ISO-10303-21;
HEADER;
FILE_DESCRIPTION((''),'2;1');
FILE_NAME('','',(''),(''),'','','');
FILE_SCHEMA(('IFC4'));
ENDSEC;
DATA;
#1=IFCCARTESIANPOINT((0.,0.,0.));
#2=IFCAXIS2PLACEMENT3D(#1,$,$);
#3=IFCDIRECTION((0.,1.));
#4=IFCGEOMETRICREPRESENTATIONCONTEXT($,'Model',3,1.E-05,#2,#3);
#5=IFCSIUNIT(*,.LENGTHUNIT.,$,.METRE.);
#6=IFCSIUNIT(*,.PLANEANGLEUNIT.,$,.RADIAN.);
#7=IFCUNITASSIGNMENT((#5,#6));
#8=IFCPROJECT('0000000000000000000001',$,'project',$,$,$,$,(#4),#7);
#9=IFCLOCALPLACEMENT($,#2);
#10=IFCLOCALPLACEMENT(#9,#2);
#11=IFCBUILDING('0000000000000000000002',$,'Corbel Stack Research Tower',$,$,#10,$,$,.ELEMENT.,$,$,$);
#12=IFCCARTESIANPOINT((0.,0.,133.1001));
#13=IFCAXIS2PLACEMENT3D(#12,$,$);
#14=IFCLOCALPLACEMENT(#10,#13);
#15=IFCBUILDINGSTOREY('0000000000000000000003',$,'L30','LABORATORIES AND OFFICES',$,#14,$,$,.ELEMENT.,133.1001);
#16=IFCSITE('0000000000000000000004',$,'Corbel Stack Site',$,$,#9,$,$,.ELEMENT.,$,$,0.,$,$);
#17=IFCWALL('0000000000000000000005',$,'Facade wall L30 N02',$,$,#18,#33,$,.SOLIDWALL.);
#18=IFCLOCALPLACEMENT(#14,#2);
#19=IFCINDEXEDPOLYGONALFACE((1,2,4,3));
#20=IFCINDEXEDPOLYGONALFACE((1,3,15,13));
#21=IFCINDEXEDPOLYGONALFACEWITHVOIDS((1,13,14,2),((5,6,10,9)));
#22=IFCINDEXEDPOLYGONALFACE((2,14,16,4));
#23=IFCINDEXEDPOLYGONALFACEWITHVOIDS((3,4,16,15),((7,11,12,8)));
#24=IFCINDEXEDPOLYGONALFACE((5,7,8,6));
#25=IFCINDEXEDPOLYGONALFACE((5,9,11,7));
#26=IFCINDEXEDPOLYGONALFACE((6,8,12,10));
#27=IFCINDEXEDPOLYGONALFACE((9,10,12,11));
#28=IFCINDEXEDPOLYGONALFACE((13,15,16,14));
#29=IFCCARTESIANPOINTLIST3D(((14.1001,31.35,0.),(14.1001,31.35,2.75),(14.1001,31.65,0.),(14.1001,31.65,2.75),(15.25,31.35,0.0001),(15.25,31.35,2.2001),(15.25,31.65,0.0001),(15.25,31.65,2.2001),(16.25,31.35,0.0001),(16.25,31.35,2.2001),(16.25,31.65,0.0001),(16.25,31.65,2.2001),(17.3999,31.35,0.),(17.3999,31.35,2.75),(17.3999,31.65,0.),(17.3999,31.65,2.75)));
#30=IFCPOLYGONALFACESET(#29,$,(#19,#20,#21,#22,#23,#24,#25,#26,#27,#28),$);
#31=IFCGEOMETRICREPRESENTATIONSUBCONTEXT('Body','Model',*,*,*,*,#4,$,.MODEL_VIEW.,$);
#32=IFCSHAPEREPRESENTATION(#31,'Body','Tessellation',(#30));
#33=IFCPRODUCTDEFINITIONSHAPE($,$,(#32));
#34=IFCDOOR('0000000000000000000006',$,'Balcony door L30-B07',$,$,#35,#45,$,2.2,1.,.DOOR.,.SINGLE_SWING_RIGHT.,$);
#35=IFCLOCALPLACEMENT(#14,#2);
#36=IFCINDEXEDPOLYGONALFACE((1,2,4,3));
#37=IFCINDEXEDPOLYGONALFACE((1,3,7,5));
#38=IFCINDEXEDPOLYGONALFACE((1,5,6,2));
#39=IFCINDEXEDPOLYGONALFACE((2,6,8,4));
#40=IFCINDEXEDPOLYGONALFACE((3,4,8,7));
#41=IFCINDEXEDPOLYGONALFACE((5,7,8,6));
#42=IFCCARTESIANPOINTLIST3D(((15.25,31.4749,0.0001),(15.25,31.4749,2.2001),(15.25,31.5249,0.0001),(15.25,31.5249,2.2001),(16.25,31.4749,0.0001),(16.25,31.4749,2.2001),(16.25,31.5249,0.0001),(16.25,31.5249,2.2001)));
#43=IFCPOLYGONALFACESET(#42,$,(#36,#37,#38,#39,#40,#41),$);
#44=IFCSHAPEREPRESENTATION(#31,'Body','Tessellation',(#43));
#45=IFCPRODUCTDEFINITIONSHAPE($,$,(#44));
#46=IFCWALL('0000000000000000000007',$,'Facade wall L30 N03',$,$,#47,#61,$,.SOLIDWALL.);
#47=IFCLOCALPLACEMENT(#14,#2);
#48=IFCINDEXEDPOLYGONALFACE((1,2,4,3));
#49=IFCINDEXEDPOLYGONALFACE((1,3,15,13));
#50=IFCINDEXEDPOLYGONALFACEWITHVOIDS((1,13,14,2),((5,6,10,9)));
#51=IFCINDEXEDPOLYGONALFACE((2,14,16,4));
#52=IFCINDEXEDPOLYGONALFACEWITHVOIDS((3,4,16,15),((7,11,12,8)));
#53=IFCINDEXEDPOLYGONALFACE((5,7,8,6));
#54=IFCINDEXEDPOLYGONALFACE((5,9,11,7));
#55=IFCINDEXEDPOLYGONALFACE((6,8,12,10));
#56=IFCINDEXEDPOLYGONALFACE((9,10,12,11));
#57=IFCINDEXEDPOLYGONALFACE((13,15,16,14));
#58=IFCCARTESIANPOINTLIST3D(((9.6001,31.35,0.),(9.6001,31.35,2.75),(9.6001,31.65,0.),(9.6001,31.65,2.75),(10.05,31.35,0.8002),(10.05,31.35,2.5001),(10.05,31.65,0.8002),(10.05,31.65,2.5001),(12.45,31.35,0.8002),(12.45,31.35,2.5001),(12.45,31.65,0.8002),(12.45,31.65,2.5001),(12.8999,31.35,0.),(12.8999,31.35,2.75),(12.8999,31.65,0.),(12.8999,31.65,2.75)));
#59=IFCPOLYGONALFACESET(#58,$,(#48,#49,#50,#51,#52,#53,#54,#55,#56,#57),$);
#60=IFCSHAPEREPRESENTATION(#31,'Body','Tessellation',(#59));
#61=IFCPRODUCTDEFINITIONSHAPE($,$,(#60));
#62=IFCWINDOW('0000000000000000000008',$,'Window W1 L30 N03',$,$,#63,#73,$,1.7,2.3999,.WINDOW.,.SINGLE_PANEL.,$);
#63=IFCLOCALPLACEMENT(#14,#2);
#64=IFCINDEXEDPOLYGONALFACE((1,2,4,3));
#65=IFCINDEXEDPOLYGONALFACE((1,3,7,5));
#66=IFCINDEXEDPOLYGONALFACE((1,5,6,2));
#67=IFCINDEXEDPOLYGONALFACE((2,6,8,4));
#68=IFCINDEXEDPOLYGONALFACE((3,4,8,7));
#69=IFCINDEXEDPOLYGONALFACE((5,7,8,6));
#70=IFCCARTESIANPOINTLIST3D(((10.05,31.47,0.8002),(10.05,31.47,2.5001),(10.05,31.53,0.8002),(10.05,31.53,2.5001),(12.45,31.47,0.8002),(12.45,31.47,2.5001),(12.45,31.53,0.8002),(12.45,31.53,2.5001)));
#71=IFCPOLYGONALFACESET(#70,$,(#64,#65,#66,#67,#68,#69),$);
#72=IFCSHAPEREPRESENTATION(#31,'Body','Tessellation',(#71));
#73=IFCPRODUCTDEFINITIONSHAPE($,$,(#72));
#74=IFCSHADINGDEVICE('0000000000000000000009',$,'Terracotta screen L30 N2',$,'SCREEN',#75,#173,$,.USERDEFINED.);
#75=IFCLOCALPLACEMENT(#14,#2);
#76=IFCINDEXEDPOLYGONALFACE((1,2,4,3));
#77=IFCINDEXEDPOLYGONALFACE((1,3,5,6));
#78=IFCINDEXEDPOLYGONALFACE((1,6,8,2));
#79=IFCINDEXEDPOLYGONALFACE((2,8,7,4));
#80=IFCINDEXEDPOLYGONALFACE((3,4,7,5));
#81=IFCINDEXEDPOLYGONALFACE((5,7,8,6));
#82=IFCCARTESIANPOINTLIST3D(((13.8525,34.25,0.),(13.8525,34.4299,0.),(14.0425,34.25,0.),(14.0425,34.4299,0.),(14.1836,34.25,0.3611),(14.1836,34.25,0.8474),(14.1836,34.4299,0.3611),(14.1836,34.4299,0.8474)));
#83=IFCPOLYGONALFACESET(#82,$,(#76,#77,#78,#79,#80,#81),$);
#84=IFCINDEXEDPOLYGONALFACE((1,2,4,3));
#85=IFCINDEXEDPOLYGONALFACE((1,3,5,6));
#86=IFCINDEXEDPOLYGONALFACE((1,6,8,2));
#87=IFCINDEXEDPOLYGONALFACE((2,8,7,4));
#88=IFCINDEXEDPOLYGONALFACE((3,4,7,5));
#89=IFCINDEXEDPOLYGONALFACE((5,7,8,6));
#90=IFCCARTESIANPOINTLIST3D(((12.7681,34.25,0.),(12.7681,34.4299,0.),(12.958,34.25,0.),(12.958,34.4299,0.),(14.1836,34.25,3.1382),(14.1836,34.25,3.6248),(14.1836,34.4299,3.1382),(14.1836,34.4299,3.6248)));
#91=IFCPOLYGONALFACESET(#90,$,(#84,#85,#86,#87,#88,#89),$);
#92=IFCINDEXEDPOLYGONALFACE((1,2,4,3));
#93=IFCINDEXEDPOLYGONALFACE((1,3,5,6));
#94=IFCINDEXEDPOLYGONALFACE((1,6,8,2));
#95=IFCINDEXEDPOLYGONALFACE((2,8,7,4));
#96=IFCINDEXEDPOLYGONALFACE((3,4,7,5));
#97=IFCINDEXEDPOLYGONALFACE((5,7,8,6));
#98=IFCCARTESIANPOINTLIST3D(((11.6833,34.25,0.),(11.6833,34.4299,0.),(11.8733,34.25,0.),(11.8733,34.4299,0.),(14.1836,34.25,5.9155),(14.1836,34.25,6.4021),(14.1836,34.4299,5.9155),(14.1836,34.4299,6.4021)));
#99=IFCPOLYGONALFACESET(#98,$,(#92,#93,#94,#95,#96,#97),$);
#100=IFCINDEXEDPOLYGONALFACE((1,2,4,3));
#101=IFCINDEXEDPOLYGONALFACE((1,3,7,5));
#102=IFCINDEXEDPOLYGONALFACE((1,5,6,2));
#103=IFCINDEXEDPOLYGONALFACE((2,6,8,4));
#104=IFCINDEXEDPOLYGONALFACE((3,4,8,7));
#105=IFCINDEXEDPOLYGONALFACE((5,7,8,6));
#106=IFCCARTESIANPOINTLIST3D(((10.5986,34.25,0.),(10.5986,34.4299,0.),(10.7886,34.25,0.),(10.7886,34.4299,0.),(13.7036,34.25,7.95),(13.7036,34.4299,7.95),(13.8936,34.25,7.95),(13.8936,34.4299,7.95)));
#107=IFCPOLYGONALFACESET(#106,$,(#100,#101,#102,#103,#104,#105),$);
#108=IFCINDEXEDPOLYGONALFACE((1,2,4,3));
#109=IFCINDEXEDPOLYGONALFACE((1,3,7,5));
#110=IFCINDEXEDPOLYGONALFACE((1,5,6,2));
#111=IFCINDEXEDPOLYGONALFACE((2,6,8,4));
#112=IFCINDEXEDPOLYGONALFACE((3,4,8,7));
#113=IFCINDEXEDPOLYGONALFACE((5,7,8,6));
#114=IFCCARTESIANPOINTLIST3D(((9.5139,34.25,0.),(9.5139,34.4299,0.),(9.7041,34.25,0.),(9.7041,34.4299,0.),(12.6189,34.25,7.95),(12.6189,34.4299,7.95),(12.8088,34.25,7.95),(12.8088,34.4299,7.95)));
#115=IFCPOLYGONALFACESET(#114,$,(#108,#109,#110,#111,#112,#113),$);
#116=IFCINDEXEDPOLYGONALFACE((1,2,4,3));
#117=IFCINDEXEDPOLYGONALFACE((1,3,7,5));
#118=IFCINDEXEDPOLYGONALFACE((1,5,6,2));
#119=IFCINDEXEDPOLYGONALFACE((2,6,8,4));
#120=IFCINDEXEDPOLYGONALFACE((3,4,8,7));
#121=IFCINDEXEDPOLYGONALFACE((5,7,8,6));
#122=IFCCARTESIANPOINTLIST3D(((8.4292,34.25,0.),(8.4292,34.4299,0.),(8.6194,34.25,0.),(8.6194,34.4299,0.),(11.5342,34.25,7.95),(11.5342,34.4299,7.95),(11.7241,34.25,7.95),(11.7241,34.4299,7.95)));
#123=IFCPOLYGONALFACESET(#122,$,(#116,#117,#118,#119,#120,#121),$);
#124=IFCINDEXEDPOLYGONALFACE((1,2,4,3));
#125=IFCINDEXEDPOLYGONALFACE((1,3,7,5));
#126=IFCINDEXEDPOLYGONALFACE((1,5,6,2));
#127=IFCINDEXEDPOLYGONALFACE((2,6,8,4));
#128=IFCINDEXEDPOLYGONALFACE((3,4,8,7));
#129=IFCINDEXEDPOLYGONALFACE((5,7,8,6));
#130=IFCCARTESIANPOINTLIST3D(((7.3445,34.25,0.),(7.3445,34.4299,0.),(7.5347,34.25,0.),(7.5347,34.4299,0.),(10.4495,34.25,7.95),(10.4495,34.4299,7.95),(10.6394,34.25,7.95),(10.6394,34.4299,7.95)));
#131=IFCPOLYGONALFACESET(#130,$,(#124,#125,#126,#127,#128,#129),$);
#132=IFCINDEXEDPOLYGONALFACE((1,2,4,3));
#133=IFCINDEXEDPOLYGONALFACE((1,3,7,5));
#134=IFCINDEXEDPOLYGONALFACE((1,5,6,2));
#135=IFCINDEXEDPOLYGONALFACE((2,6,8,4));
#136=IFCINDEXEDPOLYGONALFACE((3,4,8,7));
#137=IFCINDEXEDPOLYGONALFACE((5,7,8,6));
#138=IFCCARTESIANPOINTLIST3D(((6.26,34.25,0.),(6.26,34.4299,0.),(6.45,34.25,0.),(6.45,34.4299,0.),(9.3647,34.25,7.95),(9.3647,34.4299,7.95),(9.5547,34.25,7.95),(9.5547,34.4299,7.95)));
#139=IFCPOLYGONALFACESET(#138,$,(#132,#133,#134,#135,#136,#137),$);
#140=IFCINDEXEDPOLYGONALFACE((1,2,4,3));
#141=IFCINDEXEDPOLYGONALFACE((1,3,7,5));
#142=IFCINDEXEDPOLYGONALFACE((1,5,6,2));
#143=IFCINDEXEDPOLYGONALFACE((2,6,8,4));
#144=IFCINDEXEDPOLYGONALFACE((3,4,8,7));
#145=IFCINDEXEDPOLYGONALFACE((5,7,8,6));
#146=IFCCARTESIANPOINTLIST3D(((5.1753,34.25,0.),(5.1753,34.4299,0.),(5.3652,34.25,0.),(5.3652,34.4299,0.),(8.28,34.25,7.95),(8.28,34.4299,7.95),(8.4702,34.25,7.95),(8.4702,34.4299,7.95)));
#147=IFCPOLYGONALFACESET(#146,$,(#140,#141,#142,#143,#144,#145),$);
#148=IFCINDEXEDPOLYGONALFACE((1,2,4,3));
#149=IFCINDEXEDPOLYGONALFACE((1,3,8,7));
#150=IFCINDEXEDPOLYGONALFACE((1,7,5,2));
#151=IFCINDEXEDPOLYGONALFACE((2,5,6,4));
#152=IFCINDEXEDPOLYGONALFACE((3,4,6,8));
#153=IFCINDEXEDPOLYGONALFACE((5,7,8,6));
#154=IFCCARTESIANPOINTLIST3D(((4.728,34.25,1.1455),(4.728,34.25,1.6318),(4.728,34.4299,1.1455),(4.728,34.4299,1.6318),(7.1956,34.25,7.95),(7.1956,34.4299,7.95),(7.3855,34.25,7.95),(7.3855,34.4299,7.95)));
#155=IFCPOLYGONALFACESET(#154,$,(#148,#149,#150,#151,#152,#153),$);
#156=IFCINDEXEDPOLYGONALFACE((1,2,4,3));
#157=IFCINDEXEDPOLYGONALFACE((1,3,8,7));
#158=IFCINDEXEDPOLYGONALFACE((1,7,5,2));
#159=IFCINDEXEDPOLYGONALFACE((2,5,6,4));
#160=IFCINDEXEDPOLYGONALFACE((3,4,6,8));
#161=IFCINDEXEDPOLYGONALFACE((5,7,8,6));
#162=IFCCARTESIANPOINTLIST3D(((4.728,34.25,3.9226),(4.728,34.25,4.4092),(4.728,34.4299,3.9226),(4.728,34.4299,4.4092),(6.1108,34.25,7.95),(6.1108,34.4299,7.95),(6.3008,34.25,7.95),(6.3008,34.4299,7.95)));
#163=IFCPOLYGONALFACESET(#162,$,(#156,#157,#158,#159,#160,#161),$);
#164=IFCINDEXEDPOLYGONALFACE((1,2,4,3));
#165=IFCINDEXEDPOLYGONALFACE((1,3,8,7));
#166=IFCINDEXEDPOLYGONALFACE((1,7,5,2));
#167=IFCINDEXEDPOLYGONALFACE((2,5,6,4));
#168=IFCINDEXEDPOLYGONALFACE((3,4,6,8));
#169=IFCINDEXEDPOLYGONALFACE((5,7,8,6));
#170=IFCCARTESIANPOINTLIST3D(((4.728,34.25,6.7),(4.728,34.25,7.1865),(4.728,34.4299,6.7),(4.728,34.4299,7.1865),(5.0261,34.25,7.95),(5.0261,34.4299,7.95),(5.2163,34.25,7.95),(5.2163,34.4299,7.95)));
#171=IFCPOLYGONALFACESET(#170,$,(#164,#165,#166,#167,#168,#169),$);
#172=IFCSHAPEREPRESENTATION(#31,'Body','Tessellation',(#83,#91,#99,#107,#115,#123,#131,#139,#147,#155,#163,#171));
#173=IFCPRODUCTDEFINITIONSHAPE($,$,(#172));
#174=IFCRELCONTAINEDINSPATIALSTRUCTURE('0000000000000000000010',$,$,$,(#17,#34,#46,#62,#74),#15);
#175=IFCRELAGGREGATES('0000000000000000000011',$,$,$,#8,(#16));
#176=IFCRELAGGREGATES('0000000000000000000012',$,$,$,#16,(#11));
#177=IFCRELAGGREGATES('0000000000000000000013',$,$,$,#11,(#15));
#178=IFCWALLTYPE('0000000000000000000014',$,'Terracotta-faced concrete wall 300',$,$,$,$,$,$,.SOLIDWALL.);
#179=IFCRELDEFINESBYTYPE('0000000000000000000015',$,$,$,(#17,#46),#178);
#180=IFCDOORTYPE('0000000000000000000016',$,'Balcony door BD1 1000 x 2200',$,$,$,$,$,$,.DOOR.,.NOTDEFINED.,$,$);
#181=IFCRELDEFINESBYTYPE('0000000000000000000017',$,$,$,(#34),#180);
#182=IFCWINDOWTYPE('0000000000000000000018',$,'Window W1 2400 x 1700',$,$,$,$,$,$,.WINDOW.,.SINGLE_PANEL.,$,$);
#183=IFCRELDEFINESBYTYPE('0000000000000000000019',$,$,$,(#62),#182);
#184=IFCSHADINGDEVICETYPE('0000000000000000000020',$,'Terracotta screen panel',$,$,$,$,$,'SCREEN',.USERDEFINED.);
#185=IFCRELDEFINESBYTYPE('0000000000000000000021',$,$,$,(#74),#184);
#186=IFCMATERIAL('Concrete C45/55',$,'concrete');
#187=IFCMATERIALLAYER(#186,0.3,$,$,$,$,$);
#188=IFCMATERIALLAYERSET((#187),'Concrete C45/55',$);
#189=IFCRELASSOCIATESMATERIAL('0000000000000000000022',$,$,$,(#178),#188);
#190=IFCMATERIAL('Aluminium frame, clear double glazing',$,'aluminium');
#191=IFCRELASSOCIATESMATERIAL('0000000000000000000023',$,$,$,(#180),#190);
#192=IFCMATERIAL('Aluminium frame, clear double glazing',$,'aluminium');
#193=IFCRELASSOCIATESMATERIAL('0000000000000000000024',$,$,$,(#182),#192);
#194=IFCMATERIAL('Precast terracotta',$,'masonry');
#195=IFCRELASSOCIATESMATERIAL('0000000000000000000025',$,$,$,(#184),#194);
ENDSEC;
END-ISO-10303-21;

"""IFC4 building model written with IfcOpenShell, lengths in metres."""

from ifc_helpers import new_model, si_unit, direction, frame, frame_2d, origin, place, context, subcontext, project, spatial, polyline, rectangle, outline, extrude, source, transform, mapped, material, layer, layer_set, type_object, element, fill, save


model = new_model("IFC4")

# Units and contexts
model_context = context("Model", 3, precision=1e-05, world=origin(), true_north=direction((0.0, 1.0)))
body_context = subcontext(model_context, "Body", "Model", "MODEL_VIEW")
ifc_project = project(units=[si_unit("LENGTHUNIT", "METRE"), si_unit("PLANEANGLEUNIT", "RADIAN")], contexts=[model_context])

# Site, building, storey
site_placement = place(None, origin())
site = spatial("IfcSite", under=ifc_project, at=site_placement, Name="Corbel Stack Site", CompositionType="ELEMENT", RefElevation=0.0)
building_placement = place(site_placement, origin())
building = spatial("IfcBuilding", under=site, at=building_placement, Name="Corbel Stack Research Tower", CompositionType="ELEMENT")
storey_placement = place(building_placement, frame((0.0, 0.0, 133.1001)))
storey = spatial("IfcBuildingStorey", under=building, at=storey_placement, Name="L30", Description="LABORATORIES AND OFFICES", CompositionType="ELEMENT", Elevation=133.1001)

# Wall, opening, door
ifc_material_1 = material(Name="Concrete C45/55", Category="concrete")
ifc_layer_1 = layer(ifc_material_1, 0.3)
ifc_layer_set_1 = layer_set([ifc_layer_1], Name="Concrete C45/55")
wall_type_1 = type_object("IfcWallType", Name="Terracotta-faced concrete wall 300", PredefinedType="SOLIDWALL", material=ifc_layer_set_1)
wall_1_placement = place(storey_placement, frame((14.1001, 31.5, 0.0), z_axis=(0.0, 0.0, 1.0), x_axis=(1.0, 0.0, 0.0)))
wall_1 = element("IfcWall", 1, at=wall_1_placement, inside=storey, type_object=wall_type_1, Name="Facade wall L30 N02", PredefinedType="SOLIDWALL", context=body_context, shape_type="SweptSolid", body=[
    extrude(rectangle(XDim=3.2998, YDim=0.3, at=frame_2d((1.6499, 0.0))), origin(), (0.0, 0.0, 1.0), 2.75),
])
opening_1_placement = place(wall_1_placement, frame((1.1499, 0.0, 0.0)))
opening_1 = element("IfcOpeningElement", 2, at=opening_1_placement, cuts=wall_1, PredefinedType="OPENING", context=body_context, shape_type="SweptSolid", body=[
    extrude(rectangle(XDim=1.0, YDim=2.2, at=frame_2d((0.5, 1.1001))), frame((0.0, 0.1599, 0.0), z_axis=(0.0, -1.0, 0.0), x_axis=(1.0, 0.0, 0.0)), (0.0, 0.0, 1.0), 0.3201),
])
ifc_material_2 = material(Name="Aluminium frame, clear double glazing", Category="aluminium")
door_type_1 = type_object("IfcDoorType", Name="Balcony door BD1 1000 x 2200", OperationType="NOTDEFINED", PredefinedType="DOOR", material=ifc_material_2)
door_1_placement = place(opening_1_placement, origin())
door_1 = element("IfcDoor", 3, at=door_1_placement, inside=storey, type_object=door_type_1, Name="Balcony door L30-B07", OperationType="SINGLE_SWING_RIGHT", OverallHeight=2.2, OverallWidth=1.0, PredefinedType="DOOR", context=body_context, shape_type="SweptSolid", body=[
    extrude(rectangle(XDim=1.0, YDim=2.2, at=frame_2d((0.5, 1.1001))), frame((0.0, 0.0249, 0.0), z_axis=(0.0, -1.0, 0.0), x_axis=(1.0, 0.0, 0.0)), (0.0, 0.0, 1.0), 0.05),
])
fill(opening_1, door_1)

# Wall, opening, window
wall_2_placement = place(storey_placement, frame((9.6001, 31.5, 0.0), z_axis=(0.0, 0.0, 1.0), x_axis=(1.0, 0.0, 0.0)))
wall_2 = element("IfcWall", 4, at=wall_2_placement, inside=storey, type_object=wall_type_1, Name="Facade wall L30 N03", PredefinedType="SOLIDWALL", context=body_context, shape_type="SweptSolid", body=[
    extrude(rectangle(XDim=3.2998, YDim=0.3, at=frame_2d((1.6499, 0.0))), origin(), (0.0, 0.0, 1.0), 2.75),
])
opening_2_placement = place(wall_2_placement, frame((0.45, 0.0, 0.8)))
opening_2 = element("IfcOpeningElement", 5, at=opening_2_placement, cuts=wall_2, PredefinedType="OPENING", context=body_context, shape_type="SweptSolid", body=[
    extrude(rectangle(XDim=2.3999, YDim=1.7, at=frame_2d((1.2, 0.8501))), frame((0.0, 0.1599, 0.0), z_axis=(0.0, -1.0, 0.0), x_axis=(1.0, 0.0, 0.0)), (0.0, 0.0, 1.0), 0.3201),
])
ifc_material_3 = material(Name="Aluminium frame, clear double glazing", Category="aluminium")
window_type = type_object("IfcWindowType", Name="Window W1 2400 x 1700", PartitioningType="SINGLE_PANEL", PredefinedType="WINDOW", material=ifc_material_3)
window_placement = place(opening_2_placement, origin())
window = element("IfcWindow", 6, at=window_placement, inside=storey, type_object=window_type, Name="Window W1 L30 N03", OverallHeight=1.7, OverallWidth=2.3999, PartitioningType="SINGLE_PANEL", PredefinedType="WINDOW", context=body_context, shape_type="SweptSolid", body=[
    extrude(rectangle(XDim=2.3999, YDim=1.7, at=frame_2d((1.2, 0.8501))), frame((0.0, 0.03, 0.0), z_axis=(0.0, -1.0, 0.0), x_axis=(1.0, 0.0, 0.0)), (0.0, 0.0, 1.0), 0.0601),
])
fill(opening_2, window)

# Shading device
ifc_material_4 = material(Name="Precast terracotta", Category="masonry")
shading_device_type = type_object("IfcShadingDeviceType", Name="Terracotta screen panel", ElementType="SCREEN", PredefinedType="USERDEFINED", material=ifc_material_4)
shared_shape = source(origin(), body_context, "Body", "SweptSolid", [
    extrude(outline(polyline([(0.3311, 0.0), (0.0, 0.8474), (0.0, 0.3611), (0.1411, 0.0), (0.3311, 0.0)])), frame((0.0, 0.0, 0.0), z_axis=(0.0, -1.0, 0.0), x_axis=(1.0, 0.0, 0.0)), (0.0, 0.0, 1.0), 0.1799),
    extrude(outline(polyline([(1.4155, 0.0), (0.0, 3.6248), (0.0, 3.1382), (1.2256, 0.0), (1.4155, 0.0)])), frame((0.0, 0.0, 0.0), z_axis=(0.0, -1.0, 0.0), x_axis=(1.0, 0.0, 0.0)), (0.0, 0.0, 1.0), 0.1799),
    extrude(outline(polyline([(2.5002, 0.0), (0.0, 6.4021), (0.0, 5.9155), (2.3103, 0.0), (2.5002, 0.0)])), frame((0.0, 0.0, 0.0), z_axis=(0.0, -1.0, 0.0), x_axis=(1.0, 0.0, 0.0)), (0.0, 0.0, 1.0), 0.1799),
    extrude(outline(polyline([(3.585, 0.0), (0.48, 7.95), (0.29, 7.95), (3.395, 0.0), (3.585, 0.0)])), frame((0.0, 0.0, 0.0), z_axis=(0.0, -1.0, 0.0), x_axis=(1.0, 0.0, 0.0)), (0.0, 0.0, 1.0), 0.1799),
    extrude(outline(polyline([(4.6697, 0.0), (1.5647, 7.95), (1.3748, 7.95), (4.4795, 0.0), (4.6697, 0.0)])), frame((0.0, 0.0, 0.0), z_axis=(0.0, -1.0, 0.0), x_axis=(1.0, 0.0, 0.0)), (0.0, 0.0, 1.0), 0.1799),
    extrude(outline(polyline([(5.7544, 0.0), (2.6494, 7.95), (2.4595, 7.95), (5.5642, 0.0), (5.7544, 0.0)])), frame((0.0, 0.0, 0.0), z_axis=(0.0, -1.0, 0.0), x_axis=(1.0, 0.0, 0.0)), (0.0, 0.0, 1.0), 0.1799),
    extrude(outline(polyline([(6.8391, 0.0), (3.7341, 7.95), (3.5442, 7.95), (6.6489, 0.0), (6.8391, 0.0)])), frame((0.0, 0.0, 0.0), z_axis=(0.0, -1.0, 0.0), x_axis=(1.0, 0.0, 0.0)), (0.0, 0.0, 1.0), 0.1799),
    extrude(outline(polyline([(7.9236, 0.0), (4.8188, 7.95), (4.6289, 7.95), (7.7336, 0.0), (7.9236, 0.0)])), frame((0.0, 0.0, 0.0), z_axis=(0.0, -1.0, 0.0), x_axis=(1.0, 0.0, 0.0)), (0.0, 0.0, 1.0), 0.1799),
    extrude(outline(polyline([(9.0083, 0.0), (5.9036, 7.95), (5.7134, 7.95), (8.8184, 0.0), (9.0083, 0.0)])), frame((0.0, 0.0, 0.0), z_axis=(0.0, -1.0, 0.0), x_axis=(1.0, 0.0, 0.0)), (0.0, 0.0, 1.0), 0.1799),
    extrude(outline(polyline([(6.988, 7.95), (6.7981, 7.95), (9.4556, 1.1455), (9.4556, 1.6318), (6.988, 7.95)])), frame((0.0, 0.0, 0.0), z_axis=(0.0, -1.0, 0.0), x_axis=(1.0, 0.0, 0.0)), (0.0, 0.0, 1.0), 0.1799),
    extrude(outline(polyline([(8.0728, 7.95), (7.8828, 7.95), (9.4556, 3.9226), (9.4556, 4.4092), (8.0728, 7.95)])), frame((0.0, 0.0, 0.0), z_axis=(0.0, -1.0, 0.0), x_axis=(1.0, 0.0, 0.0)), (0.0, 0.0, 1.0), 0.1799),
    extrude(outline(polyline([(9.1575, 7.95), (8.9673, 7.95), (9.4556, 6.7), (9.4556, 7.1865), (9.1575, 7.95)])), frame((0.0, 0.0, 0.0), z_axis=(0.0, -1.0, 0.0), x_axis=(1.0, 0.0, 0.0)), (0.0, 0.0, 1.0), 0.1799),
])
shading_device_placement = place(storey_placement, frame((14.1836, 34.25, 0.0), z_axis=(0.0, 0.0, 1.0), x_axis=(-1.0, 0.0, 0.0)))
element("IfcShadingDevice", 7, at=shading_device_placement, inside=storey, type_object=shading_device_type, Name="Terracotta screen L30 N2", ObjectType="SCREEN", PredefinedType="USERDEFINED", context=body_context, shape_type="MappedRepresentation", body=[
    mapped(shared_shape, transform((0.0, 0.0, 0.0))),
])

save(model, "model.ifc")
